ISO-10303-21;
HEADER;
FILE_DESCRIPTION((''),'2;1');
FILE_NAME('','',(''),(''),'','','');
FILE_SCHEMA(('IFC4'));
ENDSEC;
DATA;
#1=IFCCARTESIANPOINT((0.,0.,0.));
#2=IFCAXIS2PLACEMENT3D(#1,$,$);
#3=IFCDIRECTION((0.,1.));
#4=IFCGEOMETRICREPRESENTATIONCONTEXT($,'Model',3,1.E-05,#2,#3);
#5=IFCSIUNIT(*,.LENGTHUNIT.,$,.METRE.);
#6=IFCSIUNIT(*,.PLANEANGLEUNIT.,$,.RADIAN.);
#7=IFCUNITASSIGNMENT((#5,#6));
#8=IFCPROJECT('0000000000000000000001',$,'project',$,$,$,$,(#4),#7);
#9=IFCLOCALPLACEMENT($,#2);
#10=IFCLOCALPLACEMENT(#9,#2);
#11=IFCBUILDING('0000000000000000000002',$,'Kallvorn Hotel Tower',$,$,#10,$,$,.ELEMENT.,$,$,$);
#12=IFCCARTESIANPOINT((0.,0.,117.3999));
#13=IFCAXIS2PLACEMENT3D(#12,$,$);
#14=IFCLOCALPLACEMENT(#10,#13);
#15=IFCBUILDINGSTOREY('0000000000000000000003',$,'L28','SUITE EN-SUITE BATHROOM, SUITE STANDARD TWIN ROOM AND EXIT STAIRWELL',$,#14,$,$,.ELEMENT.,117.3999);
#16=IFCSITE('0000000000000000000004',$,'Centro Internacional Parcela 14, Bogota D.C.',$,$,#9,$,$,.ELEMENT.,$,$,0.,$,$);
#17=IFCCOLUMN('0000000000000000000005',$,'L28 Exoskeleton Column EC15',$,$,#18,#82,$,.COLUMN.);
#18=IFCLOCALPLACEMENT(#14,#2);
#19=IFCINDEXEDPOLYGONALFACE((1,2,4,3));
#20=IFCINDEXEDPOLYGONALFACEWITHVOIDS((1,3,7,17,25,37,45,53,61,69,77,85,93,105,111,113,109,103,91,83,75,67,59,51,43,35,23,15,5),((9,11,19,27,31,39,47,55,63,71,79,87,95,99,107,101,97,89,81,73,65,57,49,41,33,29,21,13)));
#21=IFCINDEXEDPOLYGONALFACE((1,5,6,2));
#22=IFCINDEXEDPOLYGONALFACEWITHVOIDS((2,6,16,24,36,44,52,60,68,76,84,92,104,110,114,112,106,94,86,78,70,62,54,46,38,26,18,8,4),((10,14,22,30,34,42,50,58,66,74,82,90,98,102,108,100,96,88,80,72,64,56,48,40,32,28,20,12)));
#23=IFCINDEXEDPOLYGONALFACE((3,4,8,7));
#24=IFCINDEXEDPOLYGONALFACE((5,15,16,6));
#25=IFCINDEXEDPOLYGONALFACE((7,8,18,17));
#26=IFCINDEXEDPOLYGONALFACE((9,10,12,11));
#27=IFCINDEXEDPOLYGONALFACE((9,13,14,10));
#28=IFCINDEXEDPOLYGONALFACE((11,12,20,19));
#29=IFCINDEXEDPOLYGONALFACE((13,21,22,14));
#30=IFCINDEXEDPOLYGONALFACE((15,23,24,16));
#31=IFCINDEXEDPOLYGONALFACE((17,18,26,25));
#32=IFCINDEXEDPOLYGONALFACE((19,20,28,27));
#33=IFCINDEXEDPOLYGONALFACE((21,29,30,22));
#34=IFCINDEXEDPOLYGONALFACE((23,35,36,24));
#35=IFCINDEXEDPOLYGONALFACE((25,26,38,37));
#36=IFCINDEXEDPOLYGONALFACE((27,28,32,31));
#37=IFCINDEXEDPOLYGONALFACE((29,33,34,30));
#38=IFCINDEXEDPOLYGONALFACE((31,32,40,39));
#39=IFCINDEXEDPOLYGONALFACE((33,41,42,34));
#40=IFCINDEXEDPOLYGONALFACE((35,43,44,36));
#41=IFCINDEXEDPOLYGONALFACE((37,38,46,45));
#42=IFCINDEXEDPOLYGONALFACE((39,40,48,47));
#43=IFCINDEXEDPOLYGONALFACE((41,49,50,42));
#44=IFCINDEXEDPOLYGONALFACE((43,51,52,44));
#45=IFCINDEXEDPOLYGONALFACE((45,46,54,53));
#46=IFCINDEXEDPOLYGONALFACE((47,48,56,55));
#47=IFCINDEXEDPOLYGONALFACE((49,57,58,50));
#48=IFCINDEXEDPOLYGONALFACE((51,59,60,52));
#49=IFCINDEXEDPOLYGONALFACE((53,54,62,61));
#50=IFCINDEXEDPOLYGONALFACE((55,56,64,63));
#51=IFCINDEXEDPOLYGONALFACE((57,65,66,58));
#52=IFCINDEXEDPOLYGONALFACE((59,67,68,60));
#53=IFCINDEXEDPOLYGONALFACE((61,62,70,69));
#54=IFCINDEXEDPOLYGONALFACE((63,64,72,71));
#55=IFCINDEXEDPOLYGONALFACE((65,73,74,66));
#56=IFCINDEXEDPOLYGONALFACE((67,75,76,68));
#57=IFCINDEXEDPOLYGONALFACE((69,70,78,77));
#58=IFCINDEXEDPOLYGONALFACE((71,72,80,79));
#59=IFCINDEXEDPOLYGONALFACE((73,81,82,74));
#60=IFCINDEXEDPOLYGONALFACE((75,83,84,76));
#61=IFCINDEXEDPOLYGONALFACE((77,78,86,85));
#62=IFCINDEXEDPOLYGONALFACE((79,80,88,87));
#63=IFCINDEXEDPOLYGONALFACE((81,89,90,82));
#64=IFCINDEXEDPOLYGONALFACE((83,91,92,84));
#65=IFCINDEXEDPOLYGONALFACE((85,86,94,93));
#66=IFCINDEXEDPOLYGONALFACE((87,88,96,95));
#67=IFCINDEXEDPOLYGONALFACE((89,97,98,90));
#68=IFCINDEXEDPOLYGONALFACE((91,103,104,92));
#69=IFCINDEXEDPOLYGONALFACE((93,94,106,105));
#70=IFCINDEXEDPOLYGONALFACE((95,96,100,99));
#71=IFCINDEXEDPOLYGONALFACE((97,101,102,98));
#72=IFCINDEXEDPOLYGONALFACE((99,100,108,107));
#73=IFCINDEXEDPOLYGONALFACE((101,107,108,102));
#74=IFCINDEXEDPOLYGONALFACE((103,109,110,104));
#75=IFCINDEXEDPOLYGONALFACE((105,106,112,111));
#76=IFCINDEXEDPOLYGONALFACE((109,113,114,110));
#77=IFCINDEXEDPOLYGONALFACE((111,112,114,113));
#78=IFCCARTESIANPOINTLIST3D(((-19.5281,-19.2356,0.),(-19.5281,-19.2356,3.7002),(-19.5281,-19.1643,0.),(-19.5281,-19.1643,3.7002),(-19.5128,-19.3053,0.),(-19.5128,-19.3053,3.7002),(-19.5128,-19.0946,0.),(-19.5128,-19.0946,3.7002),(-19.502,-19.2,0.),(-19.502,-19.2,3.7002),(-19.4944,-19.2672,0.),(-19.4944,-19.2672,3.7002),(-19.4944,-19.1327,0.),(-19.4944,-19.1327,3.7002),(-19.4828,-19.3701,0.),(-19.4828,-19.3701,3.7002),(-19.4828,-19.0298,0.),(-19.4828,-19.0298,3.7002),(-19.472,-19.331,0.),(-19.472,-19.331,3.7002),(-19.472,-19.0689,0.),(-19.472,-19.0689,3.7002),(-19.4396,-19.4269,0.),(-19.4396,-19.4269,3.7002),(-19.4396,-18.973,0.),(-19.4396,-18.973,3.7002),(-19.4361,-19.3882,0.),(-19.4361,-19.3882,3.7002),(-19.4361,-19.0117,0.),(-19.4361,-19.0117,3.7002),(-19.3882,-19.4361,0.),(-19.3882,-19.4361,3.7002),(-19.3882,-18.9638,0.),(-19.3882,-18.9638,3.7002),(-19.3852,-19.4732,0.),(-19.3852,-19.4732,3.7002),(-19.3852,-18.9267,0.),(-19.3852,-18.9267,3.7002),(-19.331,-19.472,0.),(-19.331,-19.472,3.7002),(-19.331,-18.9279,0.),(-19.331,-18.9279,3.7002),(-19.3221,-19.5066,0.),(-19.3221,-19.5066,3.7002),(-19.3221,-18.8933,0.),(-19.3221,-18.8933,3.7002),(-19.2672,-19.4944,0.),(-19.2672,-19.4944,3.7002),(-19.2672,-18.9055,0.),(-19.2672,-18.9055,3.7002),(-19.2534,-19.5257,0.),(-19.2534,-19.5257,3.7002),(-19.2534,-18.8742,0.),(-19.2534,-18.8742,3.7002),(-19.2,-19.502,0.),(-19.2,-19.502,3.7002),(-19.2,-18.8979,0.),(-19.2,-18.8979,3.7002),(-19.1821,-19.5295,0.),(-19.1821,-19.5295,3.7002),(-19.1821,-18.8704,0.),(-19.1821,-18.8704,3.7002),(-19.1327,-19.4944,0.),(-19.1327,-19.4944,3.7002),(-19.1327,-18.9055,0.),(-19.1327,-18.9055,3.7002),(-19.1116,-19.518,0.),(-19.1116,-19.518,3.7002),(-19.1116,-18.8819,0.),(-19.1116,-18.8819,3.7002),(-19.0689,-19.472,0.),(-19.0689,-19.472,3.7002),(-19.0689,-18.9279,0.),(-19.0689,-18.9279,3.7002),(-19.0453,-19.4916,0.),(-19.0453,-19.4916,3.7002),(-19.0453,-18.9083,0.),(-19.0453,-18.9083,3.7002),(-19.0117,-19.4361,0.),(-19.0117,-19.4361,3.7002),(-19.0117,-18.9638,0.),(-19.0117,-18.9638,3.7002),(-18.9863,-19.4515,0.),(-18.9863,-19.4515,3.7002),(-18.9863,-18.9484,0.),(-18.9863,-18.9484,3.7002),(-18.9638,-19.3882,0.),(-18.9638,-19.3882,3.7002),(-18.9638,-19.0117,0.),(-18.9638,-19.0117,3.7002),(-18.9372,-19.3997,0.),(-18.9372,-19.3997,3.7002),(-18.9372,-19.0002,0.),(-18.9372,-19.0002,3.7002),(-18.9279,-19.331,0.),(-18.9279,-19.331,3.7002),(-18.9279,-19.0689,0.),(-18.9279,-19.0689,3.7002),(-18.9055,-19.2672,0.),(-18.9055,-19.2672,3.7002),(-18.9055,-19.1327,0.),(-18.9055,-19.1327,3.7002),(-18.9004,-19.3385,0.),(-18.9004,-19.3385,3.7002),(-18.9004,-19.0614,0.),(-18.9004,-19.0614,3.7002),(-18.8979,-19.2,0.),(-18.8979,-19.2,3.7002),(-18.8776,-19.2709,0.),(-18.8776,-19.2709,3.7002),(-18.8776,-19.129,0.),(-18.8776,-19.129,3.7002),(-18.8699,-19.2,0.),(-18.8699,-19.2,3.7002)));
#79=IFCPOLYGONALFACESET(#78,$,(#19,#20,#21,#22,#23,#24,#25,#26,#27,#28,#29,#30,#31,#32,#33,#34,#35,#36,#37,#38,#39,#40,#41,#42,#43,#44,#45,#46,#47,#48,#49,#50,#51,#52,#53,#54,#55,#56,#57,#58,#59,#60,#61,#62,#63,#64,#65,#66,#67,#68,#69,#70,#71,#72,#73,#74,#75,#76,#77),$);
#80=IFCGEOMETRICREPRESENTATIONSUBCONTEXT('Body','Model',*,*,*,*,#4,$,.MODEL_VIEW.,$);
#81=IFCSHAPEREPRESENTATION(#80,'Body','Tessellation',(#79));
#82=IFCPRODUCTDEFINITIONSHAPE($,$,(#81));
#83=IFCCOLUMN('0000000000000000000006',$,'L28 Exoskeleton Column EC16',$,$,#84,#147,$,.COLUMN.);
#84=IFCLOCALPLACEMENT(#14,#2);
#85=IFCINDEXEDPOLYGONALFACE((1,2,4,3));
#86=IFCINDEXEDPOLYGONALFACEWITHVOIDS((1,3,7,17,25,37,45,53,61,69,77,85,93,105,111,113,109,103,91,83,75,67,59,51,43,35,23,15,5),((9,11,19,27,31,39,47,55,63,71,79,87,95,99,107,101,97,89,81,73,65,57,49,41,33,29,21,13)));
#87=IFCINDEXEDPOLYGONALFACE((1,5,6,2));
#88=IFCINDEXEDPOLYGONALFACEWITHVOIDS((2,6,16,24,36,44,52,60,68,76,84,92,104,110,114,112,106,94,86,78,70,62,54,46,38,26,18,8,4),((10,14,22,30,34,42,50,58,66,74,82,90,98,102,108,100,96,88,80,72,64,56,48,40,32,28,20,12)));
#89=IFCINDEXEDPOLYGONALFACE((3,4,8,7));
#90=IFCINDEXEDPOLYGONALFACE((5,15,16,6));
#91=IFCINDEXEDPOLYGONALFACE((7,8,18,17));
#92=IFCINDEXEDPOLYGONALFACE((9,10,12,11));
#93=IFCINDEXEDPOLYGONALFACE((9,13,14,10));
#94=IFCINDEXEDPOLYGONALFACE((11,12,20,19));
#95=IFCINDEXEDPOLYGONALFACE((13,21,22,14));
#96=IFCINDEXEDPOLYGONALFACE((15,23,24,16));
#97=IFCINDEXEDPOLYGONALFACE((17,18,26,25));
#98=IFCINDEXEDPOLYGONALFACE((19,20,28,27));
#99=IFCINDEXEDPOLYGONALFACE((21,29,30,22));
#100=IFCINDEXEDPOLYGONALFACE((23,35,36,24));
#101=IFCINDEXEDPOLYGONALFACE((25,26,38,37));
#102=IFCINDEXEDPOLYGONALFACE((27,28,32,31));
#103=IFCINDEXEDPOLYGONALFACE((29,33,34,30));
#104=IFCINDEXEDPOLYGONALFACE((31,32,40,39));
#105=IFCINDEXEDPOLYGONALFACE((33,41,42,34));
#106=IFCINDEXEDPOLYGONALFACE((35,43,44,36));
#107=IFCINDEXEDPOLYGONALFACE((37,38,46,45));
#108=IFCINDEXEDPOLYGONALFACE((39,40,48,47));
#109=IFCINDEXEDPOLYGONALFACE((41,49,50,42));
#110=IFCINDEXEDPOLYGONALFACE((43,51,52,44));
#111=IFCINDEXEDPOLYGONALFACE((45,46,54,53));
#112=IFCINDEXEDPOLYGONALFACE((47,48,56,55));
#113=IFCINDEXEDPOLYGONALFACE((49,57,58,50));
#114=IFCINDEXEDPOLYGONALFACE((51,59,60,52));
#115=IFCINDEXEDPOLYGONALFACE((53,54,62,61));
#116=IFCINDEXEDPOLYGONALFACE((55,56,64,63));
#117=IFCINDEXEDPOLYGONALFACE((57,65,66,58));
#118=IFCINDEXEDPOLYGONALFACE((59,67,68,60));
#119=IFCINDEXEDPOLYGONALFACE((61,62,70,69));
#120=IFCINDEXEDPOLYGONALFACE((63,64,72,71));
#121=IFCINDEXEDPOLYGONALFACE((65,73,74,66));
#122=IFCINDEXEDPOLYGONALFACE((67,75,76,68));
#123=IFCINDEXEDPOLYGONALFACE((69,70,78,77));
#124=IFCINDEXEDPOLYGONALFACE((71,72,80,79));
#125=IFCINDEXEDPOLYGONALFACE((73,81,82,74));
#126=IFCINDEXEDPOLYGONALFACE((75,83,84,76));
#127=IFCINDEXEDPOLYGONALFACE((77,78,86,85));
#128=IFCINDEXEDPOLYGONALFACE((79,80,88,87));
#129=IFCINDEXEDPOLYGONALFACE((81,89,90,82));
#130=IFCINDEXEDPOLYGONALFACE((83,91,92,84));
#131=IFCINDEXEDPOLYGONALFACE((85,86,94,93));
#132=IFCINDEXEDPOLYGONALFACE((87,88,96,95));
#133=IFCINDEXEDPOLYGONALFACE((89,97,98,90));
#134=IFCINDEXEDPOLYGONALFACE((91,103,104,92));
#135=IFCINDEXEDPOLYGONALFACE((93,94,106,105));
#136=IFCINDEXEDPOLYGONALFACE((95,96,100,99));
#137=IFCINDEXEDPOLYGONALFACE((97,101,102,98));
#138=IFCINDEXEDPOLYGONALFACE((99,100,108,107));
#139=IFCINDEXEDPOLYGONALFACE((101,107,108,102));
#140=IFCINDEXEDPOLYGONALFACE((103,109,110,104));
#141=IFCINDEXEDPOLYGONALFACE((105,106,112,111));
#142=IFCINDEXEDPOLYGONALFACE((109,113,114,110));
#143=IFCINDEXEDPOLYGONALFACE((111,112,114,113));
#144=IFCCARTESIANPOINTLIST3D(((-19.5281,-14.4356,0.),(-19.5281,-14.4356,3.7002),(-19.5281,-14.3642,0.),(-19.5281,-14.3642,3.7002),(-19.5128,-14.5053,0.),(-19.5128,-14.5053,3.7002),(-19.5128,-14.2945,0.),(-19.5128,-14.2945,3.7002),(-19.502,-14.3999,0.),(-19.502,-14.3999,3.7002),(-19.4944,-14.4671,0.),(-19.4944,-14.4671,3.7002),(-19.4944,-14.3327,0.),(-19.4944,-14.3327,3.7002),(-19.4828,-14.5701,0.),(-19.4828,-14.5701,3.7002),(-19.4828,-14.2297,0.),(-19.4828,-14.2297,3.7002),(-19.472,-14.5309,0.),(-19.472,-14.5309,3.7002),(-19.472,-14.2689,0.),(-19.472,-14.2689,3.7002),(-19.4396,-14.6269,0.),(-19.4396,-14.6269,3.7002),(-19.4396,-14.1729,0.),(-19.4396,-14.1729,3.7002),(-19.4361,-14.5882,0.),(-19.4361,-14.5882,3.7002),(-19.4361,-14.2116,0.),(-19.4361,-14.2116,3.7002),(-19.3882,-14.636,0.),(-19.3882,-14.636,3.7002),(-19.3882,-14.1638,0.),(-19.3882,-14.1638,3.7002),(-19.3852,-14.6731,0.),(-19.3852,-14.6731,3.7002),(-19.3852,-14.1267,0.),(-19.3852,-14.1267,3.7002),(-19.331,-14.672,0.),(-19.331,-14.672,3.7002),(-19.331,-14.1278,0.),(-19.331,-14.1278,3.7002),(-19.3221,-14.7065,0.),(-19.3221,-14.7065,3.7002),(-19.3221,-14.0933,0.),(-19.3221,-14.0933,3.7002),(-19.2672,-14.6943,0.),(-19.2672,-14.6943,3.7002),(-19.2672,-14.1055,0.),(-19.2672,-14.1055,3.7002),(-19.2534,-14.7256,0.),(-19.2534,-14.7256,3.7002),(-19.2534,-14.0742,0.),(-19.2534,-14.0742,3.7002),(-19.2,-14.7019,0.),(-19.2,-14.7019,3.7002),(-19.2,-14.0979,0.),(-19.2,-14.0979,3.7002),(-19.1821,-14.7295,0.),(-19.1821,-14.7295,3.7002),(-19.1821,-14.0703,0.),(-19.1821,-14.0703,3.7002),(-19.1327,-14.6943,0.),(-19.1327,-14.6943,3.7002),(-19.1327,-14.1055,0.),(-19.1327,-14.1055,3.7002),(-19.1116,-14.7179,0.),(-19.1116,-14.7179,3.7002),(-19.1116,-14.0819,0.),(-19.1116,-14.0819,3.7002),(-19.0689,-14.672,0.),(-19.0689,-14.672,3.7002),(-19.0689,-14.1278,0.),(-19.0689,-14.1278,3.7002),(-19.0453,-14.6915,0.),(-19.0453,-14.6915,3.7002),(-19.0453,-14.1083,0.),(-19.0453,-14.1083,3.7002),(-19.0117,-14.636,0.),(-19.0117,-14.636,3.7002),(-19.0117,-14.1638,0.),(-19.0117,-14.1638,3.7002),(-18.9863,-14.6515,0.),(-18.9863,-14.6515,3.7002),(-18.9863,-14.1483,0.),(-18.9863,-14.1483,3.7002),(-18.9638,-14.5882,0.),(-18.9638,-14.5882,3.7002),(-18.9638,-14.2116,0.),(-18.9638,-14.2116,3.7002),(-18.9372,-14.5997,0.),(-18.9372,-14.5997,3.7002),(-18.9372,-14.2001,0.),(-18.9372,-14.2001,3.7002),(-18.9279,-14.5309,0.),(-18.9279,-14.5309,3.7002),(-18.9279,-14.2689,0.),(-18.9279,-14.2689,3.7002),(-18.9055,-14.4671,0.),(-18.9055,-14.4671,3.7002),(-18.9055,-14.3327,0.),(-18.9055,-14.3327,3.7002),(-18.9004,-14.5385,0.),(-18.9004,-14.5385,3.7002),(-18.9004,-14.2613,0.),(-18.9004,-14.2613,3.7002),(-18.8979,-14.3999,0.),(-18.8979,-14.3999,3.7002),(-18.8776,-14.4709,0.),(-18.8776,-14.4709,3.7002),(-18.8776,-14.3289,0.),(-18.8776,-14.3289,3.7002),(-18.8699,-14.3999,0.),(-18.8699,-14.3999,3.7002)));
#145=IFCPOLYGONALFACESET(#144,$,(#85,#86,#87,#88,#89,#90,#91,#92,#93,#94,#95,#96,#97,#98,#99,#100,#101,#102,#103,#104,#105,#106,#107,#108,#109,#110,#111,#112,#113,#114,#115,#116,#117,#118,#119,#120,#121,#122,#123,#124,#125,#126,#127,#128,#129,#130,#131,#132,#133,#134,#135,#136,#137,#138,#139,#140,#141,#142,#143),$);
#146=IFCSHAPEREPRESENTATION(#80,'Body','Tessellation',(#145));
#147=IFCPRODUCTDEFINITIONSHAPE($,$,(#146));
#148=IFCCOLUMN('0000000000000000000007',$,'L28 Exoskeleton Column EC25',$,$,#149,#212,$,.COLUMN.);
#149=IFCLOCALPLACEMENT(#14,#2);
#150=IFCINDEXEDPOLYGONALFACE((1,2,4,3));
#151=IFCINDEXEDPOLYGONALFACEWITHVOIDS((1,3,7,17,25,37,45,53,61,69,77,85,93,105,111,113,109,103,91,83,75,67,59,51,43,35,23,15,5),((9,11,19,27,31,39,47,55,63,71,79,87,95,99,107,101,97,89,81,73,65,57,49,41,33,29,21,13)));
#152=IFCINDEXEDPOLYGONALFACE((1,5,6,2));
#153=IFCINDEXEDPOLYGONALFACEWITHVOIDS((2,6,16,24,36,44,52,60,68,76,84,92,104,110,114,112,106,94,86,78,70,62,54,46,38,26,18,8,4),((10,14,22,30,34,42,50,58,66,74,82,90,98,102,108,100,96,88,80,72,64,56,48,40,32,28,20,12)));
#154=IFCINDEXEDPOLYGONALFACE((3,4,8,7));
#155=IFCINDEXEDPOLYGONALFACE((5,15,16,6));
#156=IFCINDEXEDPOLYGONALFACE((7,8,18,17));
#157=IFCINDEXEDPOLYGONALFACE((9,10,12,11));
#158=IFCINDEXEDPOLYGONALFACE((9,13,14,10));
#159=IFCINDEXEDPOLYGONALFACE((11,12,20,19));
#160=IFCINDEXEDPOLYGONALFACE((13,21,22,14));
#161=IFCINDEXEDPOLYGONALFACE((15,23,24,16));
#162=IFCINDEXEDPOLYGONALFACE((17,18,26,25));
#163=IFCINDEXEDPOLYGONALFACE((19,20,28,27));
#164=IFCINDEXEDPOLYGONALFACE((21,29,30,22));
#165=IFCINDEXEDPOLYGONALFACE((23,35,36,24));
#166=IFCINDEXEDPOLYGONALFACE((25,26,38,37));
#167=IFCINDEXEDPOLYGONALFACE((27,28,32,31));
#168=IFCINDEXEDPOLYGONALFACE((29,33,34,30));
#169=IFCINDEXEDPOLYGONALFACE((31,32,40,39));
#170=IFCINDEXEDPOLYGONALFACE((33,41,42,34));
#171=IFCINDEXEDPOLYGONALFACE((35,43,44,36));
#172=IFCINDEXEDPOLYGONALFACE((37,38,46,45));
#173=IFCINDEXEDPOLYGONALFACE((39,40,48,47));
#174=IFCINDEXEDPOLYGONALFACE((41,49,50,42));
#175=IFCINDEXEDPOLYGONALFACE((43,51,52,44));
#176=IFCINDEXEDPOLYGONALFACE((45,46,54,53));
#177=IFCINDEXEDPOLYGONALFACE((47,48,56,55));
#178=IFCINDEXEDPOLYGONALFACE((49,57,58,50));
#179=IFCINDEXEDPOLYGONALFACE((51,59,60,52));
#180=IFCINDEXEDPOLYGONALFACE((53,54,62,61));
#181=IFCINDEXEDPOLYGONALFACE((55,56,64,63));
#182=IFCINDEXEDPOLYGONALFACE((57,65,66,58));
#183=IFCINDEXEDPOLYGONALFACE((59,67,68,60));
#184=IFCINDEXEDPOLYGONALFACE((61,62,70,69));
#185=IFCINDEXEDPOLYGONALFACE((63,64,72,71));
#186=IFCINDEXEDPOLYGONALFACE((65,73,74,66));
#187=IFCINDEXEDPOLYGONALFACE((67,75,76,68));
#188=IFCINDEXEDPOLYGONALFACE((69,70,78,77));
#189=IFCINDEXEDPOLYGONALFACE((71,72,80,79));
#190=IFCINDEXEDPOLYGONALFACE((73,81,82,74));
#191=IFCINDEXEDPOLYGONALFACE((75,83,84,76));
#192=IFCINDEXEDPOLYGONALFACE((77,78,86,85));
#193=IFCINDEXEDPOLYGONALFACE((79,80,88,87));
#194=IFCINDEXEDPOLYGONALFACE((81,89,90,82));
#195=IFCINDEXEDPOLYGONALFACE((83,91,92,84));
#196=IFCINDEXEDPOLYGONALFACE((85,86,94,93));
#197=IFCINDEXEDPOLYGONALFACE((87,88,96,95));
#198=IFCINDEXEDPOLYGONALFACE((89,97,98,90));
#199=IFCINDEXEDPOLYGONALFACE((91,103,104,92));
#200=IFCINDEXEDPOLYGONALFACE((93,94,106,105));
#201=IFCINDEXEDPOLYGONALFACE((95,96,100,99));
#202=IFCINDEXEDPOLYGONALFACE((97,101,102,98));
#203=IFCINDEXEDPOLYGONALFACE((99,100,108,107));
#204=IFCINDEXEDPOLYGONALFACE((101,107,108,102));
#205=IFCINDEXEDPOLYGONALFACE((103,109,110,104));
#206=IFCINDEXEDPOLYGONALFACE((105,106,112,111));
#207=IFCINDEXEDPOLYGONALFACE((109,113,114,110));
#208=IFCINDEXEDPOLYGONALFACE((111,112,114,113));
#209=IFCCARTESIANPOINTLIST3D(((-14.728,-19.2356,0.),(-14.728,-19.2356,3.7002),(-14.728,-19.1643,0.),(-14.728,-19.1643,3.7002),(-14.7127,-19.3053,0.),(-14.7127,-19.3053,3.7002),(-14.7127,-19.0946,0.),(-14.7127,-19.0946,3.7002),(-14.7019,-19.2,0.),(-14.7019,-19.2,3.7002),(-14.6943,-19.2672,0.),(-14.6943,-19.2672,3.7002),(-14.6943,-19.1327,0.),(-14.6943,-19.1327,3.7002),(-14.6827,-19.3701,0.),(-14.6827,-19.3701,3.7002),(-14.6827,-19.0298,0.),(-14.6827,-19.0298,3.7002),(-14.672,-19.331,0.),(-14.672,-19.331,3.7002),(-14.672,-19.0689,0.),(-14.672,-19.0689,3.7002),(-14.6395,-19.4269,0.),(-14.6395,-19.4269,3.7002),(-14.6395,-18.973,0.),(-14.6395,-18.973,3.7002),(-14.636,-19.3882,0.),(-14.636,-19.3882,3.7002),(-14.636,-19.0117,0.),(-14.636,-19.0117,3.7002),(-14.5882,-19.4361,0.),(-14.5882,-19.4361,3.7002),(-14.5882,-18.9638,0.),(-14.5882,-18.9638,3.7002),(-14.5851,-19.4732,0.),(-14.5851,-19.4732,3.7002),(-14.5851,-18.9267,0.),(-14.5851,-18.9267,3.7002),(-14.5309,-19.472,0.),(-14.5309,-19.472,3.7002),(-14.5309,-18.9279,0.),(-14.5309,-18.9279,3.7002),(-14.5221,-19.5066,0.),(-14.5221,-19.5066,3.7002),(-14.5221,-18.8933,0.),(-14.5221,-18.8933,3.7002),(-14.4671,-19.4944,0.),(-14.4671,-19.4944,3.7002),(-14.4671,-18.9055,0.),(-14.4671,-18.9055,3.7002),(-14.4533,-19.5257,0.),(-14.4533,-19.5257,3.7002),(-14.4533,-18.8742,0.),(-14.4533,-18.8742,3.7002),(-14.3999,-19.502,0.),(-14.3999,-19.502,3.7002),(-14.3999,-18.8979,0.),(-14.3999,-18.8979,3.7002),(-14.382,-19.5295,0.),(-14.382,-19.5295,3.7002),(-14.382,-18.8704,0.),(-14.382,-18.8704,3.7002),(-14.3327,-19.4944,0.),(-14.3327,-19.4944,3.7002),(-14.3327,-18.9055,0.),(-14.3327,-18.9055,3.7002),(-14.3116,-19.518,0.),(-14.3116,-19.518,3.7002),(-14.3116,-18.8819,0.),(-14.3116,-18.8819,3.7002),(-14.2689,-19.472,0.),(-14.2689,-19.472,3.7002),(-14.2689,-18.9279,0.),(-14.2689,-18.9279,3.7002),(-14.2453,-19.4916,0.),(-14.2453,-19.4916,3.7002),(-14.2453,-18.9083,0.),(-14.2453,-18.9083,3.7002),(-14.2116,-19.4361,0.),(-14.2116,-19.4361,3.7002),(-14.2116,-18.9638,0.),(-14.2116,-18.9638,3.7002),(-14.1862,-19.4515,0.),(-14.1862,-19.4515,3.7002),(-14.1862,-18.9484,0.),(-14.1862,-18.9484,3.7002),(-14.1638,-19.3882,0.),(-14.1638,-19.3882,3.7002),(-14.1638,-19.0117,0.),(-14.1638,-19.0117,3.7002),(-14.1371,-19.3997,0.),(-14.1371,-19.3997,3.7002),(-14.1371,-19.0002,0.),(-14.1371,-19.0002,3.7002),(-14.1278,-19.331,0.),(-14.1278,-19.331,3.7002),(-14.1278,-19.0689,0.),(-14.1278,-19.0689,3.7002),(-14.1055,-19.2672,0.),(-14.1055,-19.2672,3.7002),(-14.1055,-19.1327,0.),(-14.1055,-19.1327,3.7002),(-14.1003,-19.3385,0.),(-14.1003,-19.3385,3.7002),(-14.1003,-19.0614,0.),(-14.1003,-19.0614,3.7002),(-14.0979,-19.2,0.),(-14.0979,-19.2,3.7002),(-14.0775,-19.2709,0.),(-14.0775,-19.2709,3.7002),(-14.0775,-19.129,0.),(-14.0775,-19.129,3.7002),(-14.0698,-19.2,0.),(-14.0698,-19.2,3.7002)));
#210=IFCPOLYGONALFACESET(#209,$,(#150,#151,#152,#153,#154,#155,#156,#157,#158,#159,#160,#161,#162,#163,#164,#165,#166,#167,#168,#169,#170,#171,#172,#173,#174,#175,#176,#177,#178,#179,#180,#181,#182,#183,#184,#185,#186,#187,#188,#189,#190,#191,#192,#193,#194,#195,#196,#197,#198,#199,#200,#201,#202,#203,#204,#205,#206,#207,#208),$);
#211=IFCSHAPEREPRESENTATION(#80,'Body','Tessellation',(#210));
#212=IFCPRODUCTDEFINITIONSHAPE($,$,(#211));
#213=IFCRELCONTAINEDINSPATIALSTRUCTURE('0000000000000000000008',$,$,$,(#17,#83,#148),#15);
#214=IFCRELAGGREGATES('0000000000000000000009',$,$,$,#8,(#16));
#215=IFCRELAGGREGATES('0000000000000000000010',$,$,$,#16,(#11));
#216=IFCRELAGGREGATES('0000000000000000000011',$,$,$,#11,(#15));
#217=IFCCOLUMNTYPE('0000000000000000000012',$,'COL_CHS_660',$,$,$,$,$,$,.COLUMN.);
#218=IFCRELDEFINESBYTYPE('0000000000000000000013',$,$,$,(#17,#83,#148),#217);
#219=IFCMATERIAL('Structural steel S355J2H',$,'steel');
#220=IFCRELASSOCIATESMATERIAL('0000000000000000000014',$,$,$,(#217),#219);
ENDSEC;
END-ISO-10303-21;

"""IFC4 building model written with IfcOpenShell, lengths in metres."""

from ifc_helpers import new_model, si_unit, direction, frame, origin, origin_2d, place, context, subcontext, project, spatial, hollow_circle, extrude, material, material_profile, profile_set, type_object, element, save


model = new_model("IFC4")

# Units and contexts
model_context = context("Model", 3, precision=1e-05, world=origin(), true_north=direction((0.0, 1.0)))
body_context = subcontext(model_context, "Body", "Model", "MODEL_VIEW")
ifc_project = project(units=[si_unit("LENGTHUNIT", "METRE"), si_unit("PLANEANGLEUNIT", "RADIAN")], contexts=[model_context])

# Site, building, storey
site_placement = place(None, origin())
site = spatial("IfcSite", under=ifc_project, at=site_placement, Name="Centro Internacional Parcela 14, Bogota D.C.", CompositionType="ELEMENT", RefElevation=0.0)
building_placement = place(site_placement, origin())
building = spatial("IfcBuilding", under=site, at=building_placement, Name="Kallvorn Hotel Tower", CompositionType="ELEMENT")
storey_placement = place(building_placement, frame((0.0, 0.0, 117.3999)))
storey = spatial("IfcBuildingStorey", under=building, at=storey_placement, Name="L28", Description="SUITE EN-SUITE BATHROOM, SUITE STANDARD TWIN ROOM AND EXIT STAIRWELL", CompositionType="ELEMENT", Elevation=117.3999)

# Columns
ifc_material_1 = material(Name="Structural steel S355J2H", Category="steel")
ifc_material_profile_1 = material_profile(ifc_material_1, hollow_circle(Radius=0.3301, WallThickness=0.0281, at=origin_2d()), Name="CHS 660x28")
ifc_profile_set_1 = profile_set([ifc_material_profile_1], Name="Structural steel S355J2H")
column_type_1 = type_object("IfcColumnType", Name="COL_CHS_660", PredefinedType="COLUMN", material=ifc_profile_set_1)
for number, where, z_axis, x_axis, name in (
    (1, (-19.2, -19.2, 0.0), (0.0, 0.0, 1.0), (1.0, 0.0, 0.0), "L28 Exoskeleton Column EC15"),
    (2, (-19.2, -14.3999, 0.0), (0.0, 0.0, 1.0), (1.0, 0.0, 0.0), "L28 Exoskeleton Column EC16"),
    (3, (-14.3999, -19.2, 0.0), (0.0, 0.0, 1.0), (1.0, 0.0, 0.0), "L28 Exoskeleton Column EC25"),
):
    element("IfcColumn", number, at=place(storey_placement, frame(where, z_axis=z_axis, x_axis=x_axis)), inside=storey, type_object=column_type_1, Name=name, PredefinedType="COLUMN", context=body_context, shape_type="SweptSolid", body=[
        extrude(hollow_circle(Radius=0.3301, WallThickness=0.0281, at=origin_2d()), origin(), (0.0, 0.0, 1.0), 3.7002),
    ])

save(model, "model.ifc")
